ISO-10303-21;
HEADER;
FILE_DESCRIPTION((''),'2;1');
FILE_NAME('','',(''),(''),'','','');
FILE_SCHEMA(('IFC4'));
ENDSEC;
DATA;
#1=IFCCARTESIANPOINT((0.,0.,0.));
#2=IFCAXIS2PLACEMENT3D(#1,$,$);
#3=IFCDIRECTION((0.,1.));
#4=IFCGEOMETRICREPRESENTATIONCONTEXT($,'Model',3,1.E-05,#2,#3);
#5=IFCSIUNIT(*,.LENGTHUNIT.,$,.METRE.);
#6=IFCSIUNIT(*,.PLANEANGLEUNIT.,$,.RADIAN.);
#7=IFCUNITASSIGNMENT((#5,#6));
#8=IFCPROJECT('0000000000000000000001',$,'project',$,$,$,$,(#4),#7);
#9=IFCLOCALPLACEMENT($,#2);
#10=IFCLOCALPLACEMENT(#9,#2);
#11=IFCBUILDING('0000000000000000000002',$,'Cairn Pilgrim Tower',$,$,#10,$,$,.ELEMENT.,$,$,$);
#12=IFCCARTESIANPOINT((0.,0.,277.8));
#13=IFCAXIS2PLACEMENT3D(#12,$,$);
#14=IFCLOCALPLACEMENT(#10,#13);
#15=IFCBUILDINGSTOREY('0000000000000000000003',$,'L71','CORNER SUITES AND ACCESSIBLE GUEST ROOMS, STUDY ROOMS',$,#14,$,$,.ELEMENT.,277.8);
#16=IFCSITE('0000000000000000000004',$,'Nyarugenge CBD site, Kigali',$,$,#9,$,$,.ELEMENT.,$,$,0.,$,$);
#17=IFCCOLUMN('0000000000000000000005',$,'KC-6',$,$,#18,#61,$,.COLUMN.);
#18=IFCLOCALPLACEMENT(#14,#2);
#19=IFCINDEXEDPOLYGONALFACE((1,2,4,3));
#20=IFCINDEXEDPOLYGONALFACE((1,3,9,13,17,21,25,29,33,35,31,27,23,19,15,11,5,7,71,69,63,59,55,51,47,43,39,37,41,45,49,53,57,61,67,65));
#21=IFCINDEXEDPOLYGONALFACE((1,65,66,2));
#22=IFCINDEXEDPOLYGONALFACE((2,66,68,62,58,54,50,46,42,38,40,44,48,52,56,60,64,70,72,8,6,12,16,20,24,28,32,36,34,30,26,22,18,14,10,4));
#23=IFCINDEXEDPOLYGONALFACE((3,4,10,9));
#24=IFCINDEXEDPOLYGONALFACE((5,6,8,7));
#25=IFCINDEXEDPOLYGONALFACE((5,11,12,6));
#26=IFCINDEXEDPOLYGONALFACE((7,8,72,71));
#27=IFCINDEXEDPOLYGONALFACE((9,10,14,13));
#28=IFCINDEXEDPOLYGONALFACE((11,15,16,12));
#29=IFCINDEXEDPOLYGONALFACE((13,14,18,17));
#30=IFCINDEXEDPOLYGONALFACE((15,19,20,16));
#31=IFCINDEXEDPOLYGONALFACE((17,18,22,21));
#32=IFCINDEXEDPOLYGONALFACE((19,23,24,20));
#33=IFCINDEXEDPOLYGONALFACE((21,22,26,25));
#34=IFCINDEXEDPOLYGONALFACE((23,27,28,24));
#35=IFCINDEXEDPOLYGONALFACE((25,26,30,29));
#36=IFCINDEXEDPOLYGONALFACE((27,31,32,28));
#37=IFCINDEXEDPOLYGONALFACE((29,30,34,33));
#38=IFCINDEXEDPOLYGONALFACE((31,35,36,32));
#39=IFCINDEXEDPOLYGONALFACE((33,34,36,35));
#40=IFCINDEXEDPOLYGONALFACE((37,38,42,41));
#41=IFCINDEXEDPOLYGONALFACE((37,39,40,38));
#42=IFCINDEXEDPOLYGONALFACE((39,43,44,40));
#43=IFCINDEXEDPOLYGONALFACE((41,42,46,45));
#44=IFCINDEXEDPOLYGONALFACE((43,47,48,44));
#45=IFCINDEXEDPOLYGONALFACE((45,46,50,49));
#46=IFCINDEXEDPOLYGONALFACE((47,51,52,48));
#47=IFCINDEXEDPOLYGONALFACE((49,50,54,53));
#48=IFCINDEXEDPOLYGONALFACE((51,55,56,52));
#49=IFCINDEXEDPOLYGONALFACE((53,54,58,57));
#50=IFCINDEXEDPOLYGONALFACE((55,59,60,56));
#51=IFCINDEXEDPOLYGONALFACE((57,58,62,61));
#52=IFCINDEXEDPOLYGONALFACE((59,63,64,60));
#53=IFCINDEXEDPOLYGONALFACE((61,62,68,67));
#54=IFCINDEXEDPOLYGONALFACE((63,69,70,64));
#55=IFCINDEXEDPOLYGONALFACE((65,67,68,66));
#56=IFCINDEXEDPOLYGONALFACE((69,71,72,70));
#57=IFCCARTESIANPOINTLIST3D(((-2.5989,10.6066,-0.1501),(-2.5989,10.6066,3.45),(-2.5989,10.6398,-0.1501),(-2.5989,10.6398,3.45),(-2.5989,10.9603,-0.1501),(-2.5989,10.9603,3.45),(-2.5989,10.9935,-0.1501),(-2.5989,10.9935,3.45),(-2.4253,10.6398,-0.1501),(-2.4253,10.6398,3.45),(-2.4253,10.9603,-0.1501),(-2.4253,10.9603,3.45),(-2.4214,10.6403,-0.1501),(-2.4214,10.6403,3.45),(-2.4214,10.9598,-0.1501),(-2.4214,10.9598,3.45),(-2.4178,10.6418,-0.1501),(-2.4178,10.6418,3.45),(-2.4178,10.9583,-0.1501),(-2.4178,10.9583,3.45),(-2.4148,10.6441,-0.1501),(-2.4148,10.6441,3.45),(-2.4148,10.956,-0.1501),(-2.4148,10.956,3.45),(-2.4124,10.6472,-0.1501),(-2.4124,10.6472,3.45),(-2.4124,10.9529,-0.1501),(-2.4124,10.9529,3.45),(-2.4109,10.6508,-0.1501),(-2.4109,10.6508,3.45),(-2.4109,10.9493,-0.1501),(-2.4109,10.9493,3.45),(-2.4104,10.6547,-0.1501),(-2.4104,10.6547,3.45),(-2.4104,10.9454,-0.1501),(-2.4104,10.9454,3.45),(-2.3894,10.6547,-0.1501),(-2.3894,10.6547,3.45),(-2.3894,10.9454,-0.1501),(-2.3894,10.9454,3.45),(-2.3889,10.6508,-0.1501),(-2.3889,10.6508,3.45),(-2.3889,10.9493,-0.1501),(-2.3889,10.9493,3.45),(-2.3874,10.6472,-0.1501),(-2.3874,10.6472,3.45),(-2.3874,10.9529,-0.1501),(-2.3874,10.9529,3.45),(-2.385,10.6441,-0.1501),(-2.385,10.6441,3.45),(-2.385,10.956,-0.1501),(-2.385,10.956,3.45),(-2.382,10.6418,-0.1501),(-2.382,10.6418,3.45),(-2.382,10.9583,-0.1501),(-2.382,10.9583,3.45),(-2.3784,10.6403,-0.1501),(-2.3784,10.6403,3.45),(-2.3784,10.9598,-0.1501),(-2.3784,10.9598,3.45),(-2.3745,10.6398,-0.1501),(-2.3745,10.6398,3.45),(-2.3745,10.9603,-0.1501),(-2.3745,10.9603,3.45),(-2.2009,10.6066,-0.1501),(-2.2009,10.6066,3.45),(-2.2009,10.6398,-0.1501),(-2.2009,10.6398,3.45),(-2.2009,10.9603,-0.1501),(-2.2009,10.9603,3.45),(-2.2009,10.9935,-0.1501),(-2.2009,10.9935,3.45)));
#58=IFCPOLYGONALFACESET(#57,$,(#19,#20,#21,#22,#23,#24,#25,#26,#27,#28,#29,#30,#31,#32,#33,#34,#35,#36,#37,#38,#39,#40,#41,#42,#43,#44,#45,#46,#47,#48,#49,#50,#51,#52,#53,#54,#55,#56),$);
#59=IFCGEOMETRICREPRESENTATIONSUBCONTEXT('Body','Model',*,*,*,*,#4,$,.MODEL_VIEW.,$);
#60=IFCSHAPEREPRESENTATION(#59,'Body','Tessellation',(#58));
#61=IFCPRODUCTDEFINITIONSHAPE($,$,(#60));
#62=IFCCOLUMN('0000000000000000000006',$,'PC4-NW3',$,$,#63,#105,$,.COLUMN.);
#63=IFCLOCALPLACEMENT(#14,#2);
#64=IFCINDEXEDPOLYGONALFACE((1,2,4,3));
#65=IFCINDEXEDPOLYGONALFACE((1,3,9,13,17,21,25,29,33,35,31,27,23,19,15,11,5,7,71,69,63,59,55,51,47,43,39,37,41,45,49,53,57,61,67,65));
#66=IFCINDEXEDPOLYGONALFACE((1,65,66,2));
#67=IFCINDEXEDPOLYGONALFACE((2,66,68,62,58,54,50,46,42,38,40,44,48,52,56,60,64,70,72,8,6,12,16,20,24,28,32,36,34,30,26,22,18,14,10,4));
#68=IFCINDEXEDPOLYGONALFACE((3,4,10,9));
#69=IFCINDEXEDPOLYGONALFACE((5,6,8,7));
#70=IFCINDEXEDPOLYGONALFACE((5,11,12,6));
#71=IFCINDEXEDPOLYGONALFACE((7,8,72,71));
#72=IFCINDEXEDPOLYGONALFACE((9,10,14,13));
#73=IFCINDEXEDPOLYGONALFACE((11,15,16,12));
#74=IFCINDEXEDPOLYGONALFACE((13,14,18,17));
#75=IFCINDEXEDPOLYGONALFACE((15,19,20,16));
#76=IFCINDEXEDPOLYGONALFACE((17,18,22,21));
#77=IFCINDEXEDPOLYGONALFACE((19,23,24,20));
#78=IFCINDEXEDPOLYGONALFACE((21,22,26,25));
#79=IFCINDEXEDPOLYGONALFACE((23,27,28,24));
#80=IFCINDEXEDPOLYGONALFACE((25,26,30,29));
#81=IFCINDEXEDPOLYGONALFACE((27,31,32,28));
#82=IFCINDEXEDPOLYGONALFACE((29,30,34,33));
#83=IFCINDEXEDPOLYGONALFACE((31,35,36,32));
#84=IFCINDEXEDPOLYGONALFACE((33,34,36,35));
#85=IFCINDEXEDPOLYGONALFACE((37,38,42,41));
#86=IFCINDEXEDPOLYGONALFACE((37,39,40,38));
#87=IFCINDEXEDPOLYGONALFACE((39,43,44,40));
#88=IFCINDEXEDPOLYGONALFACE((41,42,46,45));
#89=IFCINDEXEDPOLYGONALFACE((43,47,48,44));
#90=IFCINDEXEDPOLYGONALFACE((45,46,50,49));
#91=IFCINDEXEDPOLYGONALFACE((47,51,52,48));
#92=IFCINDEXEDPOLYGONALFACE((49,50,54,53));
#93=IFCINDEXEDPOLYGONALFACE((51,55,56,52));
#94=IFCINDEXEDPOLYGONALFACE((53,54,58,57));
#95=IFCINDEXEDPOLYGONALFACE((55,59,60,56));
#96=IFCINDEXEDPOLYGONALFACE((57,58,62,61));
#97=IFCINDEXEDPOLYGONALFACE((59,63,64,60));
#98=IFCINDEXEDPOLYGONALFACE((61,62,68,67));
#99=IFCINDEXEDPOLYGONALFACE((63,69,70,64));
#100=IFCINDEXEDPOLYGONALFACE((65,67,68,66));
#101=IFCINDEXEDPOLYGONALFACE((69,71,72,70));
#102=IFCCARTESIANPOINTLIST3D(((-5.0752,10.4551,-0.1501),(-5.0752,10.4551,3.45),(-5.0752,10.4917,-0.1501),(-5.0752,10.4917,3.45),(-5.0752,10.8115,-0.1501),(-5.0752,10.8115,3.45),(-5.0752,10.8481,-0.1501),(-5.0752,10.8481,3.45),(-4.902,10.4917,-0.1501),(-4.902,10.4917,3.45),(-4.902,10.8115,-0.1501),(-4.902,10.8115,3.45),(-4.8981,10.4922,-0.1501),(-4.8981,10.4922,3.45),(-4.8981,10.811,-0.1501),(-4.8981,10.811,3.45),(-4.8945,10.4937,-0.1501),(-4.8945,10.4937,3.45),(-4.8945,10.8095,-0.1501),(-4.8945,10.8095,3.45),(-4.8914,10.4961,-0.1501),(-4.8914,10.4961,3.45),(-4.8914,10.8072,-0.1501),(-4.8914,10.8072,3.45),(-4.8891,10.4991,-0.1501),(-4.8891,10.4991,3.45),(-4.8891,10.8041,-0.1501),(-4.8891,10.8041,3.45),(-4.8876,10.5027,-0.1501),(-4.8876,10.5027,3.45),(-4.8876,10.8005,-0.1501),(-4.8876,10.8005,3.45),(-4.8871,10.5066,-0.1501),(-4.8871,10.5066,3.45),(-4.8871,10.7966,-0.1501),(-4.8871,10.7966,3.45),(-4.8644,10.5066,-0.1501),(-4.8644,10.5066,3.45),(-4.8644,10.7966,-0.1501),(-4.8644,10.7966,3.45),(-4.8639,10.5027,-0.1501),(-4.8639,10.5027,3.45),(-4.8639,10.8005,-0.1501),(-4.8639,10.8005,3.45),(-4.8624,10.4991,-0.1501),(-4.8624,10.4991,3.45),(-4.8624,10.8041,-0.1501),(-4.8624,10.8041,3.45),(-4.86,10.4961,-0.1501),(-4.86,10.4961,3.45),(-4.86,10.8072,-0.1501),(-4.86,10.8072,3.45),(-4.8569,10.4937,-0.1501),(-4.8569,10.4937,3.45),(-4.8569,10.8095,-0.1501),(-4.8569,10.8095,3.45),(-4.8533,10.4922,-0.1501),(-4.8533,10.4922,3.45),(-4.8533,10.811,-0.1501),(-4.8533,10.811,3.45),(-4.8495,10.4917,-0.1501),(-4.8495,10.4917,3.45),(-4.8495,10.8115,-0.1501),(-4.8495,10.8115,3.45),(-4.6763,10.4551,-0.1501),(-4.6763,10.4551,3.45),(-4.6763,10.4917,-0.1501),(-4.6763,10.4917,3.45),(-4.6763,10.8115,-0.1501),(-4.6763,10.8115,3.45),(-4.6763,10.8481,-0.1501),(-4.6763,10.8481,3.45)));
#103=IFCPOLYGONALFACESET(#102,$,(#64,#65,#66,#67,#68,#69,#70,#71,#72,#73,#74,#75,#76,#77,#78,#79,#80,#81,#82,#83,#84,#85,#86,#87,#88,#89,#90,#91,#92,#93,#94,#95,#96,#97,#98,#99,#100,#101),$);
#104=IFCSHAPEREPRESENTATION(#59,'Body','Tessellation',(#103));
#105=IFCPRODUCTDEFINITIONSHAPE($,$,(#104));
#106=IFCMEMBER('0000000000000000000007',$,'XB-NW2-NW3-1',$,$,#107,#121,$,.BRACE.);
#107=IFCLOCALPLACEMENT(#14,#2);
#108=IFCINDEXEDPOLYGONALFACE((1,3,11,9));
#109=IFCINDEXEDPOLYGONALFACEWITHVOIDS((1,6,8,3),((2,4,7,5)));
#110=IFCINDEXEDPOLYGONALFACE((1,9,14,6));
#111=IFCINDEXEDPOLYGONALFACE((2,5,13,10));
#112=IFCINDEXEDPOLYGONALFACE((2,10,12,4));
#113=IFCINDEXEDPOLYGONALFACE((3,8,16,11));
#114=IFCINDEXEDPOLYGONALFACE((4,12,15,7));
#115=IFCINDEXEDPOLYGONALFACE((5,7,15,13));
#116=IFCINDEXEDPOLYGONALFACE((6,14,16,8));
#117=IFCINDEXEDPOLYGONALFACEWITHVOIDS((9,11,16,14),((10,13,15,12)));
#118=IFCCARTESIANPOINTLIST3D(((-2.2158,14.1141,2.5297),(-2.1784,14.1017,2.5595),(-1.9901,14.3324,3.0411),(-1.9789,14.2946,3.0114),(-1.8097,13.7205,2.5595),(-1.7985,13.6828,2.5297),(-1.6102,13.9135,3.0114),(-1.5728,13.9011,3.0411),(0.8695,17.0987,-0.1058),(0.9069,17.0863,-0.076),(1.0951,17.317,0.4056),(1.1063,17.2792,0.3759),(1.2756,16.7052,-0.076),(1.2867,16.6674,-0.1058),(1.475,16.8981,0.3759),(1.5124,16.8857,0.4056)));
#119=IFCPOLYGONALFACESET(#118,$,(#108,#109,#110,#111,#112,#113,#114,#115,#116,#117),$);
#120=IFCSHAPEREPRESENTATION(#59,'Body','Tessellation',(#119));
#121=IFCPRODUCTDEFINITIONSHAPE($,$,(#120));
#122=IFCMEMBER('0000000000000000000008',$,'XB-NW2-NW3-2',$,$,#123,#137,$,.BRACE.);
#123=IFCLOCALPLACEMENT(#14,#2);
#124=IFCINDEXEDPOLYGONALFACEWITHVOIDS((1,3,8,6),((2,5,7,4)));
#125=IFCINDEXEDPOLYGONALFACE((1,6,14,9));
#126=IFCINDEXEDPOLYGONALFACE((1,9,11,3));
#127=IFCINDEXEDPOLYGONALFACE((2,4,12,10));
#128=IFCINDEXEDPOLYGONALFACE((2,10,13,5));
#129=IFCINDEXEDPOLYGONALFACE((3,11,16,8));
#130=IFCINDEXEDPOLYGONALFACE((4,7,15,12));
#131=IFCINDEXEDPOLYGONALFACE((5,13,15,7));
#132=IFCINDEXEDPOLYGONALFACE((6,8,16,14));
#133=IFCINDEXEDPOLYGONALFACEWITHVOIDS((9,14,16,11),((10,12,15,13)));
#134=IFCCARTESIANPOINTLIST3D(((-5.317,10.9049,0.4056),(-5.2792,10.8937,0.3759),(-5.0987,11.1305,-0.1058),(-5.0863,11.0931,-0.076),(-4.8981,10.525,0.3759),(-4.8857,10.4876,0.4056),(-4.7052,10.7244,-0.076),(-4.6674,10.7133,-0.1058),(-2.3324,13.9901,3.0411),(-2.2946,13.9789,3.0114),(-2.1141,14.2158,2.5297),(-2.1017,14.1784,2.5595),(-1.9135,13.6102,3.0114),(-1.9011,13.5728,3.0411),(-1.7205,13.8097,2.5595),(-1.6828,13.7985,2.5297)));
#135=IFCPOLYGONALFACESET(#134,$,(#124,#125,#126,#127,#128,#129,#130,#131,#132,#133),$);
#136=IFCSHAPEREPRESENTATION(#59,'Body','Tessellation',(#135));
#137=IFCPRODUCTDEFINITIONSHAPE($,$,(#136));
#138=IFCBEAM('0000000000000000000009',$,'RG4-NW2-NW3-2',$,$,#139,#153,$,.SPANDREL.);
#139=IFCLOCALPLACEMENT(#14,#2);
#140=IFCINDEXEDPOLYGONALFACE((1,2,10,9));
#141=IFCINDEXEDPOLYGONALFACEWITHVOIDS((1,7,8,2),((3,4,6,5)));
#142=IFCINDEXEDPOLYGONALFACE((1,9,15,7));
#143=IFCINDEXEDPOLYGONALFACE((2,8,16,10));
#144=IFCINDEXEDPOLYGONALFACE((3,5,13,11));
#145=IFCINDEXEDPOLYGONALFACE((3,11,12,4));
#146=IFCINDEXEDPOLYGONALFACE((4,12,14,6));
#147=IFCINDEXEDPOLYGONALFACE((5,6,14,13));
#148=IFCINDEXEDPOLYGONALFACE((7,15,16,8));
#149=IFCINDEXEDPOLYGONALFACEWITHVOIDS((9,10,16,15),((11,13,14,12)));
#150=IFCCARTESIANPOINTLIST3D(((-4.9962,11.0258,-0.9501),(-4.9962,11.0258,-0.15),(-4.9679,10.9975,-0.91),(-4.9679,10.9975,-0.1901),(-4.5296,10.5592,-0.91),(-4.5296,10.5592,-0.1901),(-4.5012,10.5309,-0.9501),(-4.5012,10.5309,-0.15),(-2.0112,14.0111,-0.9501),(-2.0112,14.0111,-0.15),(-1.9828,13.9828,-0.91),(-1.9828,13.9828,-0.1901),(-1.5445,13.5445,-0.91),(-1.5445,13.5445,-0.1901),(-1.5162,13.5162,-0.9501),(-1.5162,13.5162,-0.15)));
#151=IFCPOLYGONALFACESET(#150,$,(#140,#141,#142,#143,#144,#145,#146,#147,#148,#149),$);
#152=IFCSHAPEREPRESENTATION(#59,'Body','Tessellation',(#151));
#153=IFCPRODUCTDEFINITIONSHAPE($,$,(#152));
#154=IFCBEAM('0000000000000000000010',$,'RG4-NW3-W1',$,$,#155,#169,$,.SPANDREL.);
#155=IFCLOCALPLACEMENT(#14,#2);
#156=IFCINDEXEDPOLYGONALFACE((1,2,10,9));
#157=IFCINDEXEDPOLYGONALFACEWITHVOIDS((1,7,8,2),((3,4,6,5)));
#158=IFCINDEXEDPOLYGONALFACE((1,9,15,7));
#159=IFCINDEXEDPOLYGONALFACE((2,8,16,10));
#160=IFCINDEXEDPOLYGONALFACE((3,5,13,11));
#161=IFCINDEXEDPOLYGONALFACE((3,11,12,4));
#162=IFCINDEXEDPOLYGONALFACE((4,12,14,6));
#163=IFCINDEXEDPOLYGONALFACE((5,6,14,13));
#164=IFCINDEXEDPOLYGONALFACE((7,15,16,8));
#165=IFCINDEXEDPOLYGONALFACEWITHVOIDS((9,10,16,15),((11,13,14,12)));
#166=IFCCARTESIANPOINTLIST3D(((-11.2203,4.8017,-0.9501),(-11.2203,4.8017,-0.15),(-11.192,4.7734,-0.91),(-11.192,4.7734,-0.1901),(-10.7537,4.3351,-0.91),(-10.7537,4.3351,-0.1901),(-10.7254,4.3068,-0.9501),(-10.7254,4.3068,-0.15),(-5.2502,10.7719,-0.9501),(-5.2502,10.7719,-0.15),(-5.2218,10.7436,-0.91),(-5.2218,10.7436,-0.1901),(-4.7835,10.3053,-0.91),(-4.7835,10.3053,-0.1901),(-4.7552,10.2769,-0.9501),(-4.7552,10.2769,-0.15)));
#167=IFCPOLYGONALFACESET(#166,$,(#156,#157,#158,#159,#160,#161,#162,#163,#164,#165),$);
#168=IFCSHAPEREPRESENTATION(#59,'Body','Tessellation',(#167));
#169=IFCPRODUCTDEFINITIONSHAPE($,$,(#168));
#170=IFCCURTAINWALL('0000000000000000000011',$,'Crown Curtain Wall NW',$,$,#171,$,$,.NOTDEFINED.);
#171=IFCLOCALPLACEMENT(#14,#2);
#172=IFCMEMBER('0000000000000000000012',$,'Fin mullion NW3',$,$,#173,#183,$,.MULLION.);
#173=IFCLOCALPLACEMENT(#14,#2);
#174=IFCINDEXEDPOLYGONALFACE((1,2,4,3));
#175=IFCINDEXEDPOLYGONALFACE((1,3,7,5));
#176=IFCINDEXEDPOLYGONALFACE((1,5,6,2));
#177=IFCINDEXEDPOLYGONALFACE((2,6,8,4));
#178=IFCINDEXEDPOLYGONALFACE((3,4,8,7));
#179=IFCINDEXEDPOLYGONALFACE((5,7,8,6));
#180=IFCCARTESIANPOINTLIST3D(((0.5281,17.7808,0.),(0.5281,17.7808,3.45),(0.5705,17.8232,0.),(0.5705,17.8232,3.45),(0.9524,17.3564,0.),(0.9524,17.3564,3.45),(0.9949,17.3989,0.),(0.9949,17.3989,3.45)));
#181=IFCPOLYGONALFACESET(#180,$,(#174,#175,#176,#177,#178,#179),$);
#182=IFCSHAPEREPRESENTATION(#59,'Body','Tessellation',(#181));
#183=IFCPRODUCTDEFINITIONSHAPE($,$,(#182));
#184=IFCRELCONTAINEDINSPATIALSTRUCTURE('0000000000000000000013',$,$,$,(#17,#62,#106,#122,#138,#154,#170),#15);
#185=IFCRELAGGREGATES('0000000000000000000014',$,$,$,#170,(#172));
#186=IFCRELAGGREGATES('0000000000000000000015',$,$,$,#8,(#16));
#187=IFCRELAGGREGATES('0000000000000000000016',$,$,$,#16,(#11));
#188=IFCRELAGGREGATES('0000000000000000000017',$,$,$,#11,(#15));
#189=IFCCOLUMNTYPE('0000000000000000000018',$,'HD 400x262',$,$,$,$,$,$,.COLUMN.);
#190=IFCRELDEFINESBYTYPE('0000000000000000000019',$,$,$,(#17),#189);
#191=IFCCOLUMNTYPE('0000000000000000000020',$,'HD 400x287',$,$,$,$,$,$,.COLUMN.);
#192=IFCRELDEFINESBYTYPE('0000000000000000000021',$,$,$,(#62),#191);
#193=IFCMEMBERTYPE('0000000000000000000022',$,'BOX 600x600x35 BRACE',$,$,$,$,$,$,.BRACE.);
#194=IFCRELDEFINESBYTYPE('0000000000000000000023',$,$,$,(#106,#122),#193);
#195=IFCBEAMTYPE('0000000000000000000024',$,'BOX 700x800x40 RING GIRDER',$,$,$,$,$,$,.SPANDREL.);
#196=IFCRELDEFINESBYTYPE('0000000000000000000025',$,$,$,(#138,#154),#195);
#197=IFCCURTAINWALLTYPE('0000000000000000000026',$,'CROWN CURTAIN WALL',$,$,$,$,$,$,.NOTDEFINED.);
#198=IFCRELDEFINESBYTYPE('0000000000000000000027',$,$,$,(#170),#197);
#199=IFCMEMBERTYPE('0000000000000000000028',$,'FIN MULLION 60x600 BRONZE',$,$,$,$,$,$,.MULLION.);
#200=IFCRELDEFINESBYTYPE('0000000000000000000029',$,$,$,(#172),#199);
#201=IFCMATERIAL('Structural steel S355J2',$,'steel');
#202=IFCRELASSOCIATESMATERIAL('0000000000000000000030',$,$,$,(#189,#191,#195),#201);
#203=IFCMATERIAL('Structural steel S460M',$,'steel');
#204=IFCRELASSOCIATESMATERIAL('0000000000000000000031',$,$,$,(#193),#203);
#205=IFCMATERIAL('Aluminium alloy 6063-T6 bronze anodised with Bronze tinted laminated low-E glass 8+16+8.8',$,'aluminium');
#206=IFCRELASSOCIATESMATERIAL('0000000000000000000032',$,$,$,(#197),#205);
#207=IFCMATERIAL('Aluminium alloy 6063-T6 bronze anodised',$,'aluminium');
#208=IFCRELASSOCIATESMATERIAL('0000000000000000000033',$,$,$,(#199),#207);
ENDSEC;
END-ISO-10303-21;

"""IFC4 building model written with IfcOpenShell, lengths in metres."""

from ifc_helpers import new_model, si_unit, direction, frame, origin, origin_2d, place, context, subcontext, project, spatial, rectangle, hollow_rectangle, i_section, extrude, material, material_profile, profile_set, type_object, element, aggregate, save


model = new_model("IFC4")

# Units and contexts
model_context = context("Model", 3, precision=1e-05, world=origin(), true_north=direction((0.0, 1.0)))
body_context = subcontext(model_context, "Body", "Model", "MODEL_VIEW")
ifc_project = project(units=[si_unit("LENGTHUNIT", "METRE"), si_unit("PLANEANGLEUNIT", "RADIAN")], contexts=[model_context])

# Site, building, storey
site_placement = place(None, origin())
site = spatial("IfcSite", under=ifc_project, at=site_placement, Name="Nyarugenge CBD site, Kigali", CompositionType="ELEMENT", RefElevation=0.0)
building_placement = place(site_placement, origin())
building = spatial("IfcBuilding", under=site, at=building_placement, Name="Cairn Pilgrim Tower", CompositionType="ELEMENT")
storey_placement = place(building_placement, frame((0.0, 0.0, 277.8)))
storey = spatial("IfcBuildingStorey", under=building, at=storey_placement, Name="L71", Description="CORNER SUITES AND ACCESSIBLE GUEST ROOMS, STUDY ROOMS", CompositionType="ELEMENT", Elevation=277.8)

# Columns
ifc_material_1 = material(Name="Structural steel S355J2", Category="steel")
ifc_material_profile_1 = material_profile(ifc_material_1, i_section(OverallWidth=0.3979, OverallDepth=0.387, WebThickness=0.021, FlangeThickness=0.0332, FilletRadius=0.0149, at=origin_2d()), Name="HD 400x262")
ifc_profile_set_1 = profile_set([ifc_material_profile_1], Name="Structural steel S355J2")
column_type_1 = type_object("IfcColumnType", Name="HD 400x262", PredefinedType="COLUMN", material=ifc_profile_set_1)
column_1_placement = place(storey_placement, frame((-2.3999, 10.8, -0.1501), z_axis=(0.0, 0.0, 1.0), x_axis=(1.0, 0.0, 0.0)))
element("IfcColumn", 1, at=column_1_placement, inside=storey, type_object=column_type_1, Name="KC-6", PredefinedType="COLUMN", context=body_context, shape_type="SweptSolid", body=[
    extrude(i_section(OverallWidth=0.3979, OverallDepth=0.387, WebThickness=0.021, FlangeThickness=0.0332, FilletRadius=0.0149, at=origin_2d()), origin(), (0.0, 0.0, 1.0), 3.6001),
])
ifc_material_profile_2 = material_profile(ifc_material_1, i_section(OverallWidth=0.3989, OverallDepth=0.3931, WebThickness=0.0227, FlangeThickness=0.0366, FilletRadius=0.0149, at=origin_2d()), Name="HD 400x287")
ifc_profile_set_2 = profile_set([ifc_material_profile_2], Name="Structural steel S355J2")
column_type_2 = type_object("IfcColumnType", Name="HD 400x287", PredefinedType="COLUMN", material=ifc_profile_set_2)
column_2_placement = place(storey_placement, frame((-4.8757, 10.6516, -0.1501), z_axis=(0.0, 0.0, 1.0), x_axis=(1.0, 0.0, 0.0)))
element("IfcColumn", 2, at=column_2_placement, inside=storey, type_object=column_type_2, Name="PC4-NW3", PredefinedType="COLUMN", context=body_context, shape_type="SweptSolid", body=[
    extrude(i_section(OverallWidth=0.3989, OverallDepth=0.3931, WebThickness=0.0227, FlangeThickness=0.0366, FilletRadius=0.0149, at=origin_2d()), origin(), (0.0, 0.0, 1.0), 3.6001),
])

# Members
ifc_material_2 = material(Name="Structural steel S460M", Category="steel")
ifc_material_profile_3 = material_profile(ifc_material_2, hollow_rectangle(XDim=0.6001, YDim=0.6001, WallThickness=0.0349, at=origin_2d()), Name="BOX 600x600x35")
ifc_profile_set_3 = profile_set([ifc_material_profile_3], Name="Structural steel S460M")
member_type_1 = type_object("IfcMemberType", Name="BOX 600x600x35 BRACE", PredefinedType="BRACE", material=ifc_profile_set_3)
for number, where, z_axis, x_axis, name in (
    (3, (1.1909, 16.9922, 0.1499), (-0.612497, -0.592528, 0.523218), (0.695294, -0.718726, 0.0), "XB-NW2-NW3-1"),
    (4, (-4.9922, 10.8091, 0.1499), (0.592528, 0.612497, 0.523218), (-0.718726, 0.695294, 0.0), "XB-NW2-NW3-2"),
):
    element("IfcMember", number, at=place(storey_placement, frame(where, z_axis=z_axis, x_axis=x_axis)), inside=storey, type_object=member_type_1, Name=name, PredefinedType="BRACE", context=body_context, shape_type="SweptSolid", body=[
        extrude(hollow_rectangle(XDim=0.6001, YDim=0.6001, WallThickness=0.0349, at=origin_2d()), origin(), (0.0, 0.0, 1.0), 5.0371),
    ])

# Beams
ifc_material_profile_4 = material_profile(ifc_material_1, hollow_rectangle(XDim=0.7, YDim=0.8, WallThickness=0.04, at=origin_2d()), Name="BOX 700x800x40")
ifc_profile_set_4 = profile_set([ifc_material_profile_4], Name="Structural steel S355J2")
beam_type_1 = type_object("IfcBeamType", Name="BOX 700x800x40 RING GIRDER", PredefinedType="SPANDREL", material=ifc_profile_set_4)
beam_1_placement = place(storey_placement, frame((-1.7637, 13.7637, -0.55), z_axis=(-0.707078, -0.707136, 0.0), x_axis=(0.707136, -0.707078, 0.0)))
element("IfcBeam", 5, at=beam_1_placement, inside=storey, type_object=beam_type_1, Name="RG4-NW2-NW3-2", PredefinedType="SPANDREL", context=body_context, shape_type="SweptSolid", body=[
    extrude(hollow_rectangle(XDim=0.7, YDim=0.8, WallThickness=0.04, at=origin_2d()), origin(), (0.0, 0.0, 1.0), 4.2217),
])
beam_2_placement = place(storey_placement, frame((-5.0027, 10.5244, -0.55), z_axis=(-0.707107, -0.707107, 0.0), x_axis=(0.707107, -0.707107, 0.0)))
element("IfcBeam", 6, at=beam_2_placement, inside=storey, type_object=beam_type_1, Name="RG4-NW3-W1", PredefinedType="SPANDREL", context=body_context, shape_type="SweptSolid", body=[
    extrude(hollow_rectangle(XDim=0.7, YDim=0.8, WallThickness=0.04, at=origin_2d()), origin(), (0.0, 0.0, 1.0), 8.4431),
])

# Curtain wall, member
ifc_material_3 = material(Name="Aluminium alloy 6063-T6 bronze anodised with Bronze tinted laminated low-E glass 8+16+8.8", Category="aluminium")
curtain_wall_type = type_object("IfcCurtainWallType", Name="CROWN CURTAIN WALL", PredefinedType="NOTDEFINED", material=ifc_material_3)
curtain_wall_placement = place(storey_placement, origin())
curtain_wall = element("IfcCurtainWall", 7, at=curtain_wall_placement, inside=storey, type_object=curtain_wall_type, Name="Crown Curtain Wall NW", PredefinedType="NOTDEFINED")
ifc_material_4 = material(Name="Aluminium alloy 6063-T6 bronze anodised", Category="aluminium")
ifc_material_profile_5 = material_profile(ifc_material_4, rectangle(XDim=0.6001, YDim=0.0601, at=origin_2d()), Name="FIN MULLION 60x600 BRONZE")
ifc_profile_set_5 = profile_set([ifc_material_profile_5], Name="Aluminium alloy 6063-T6 bronze anodised")
member_type_2 = type_object("IfcMemberType", Name="FIN MULLION 60x600 BRONZE", PredefinedType="MULLION", material=ifc_profile_set_5)
member_1_placement = place(storey_placement, frame((0.7615, 17.5898, 0.0), z_axis=(0.0, 0.0, 1.0), x_axis=(-0.707107, 0.707107, 0.0)))
member_1 = element("IfcMember", 8, at=member_1_placement, type_object=member_type_2, Name="Fin mullion NW3", PredefinedType="MULLION", context=body_context, shape_type="SweptSolid", body=[
    extrude(rectangle(XDim=0.6001, YDim=0.0601, at=origin_2d()), origin(), (0.0, 0.0, 1.0), 3.45),
])

aggregate(curtain_wall, [member_1])

save(model, "model.ifc")
